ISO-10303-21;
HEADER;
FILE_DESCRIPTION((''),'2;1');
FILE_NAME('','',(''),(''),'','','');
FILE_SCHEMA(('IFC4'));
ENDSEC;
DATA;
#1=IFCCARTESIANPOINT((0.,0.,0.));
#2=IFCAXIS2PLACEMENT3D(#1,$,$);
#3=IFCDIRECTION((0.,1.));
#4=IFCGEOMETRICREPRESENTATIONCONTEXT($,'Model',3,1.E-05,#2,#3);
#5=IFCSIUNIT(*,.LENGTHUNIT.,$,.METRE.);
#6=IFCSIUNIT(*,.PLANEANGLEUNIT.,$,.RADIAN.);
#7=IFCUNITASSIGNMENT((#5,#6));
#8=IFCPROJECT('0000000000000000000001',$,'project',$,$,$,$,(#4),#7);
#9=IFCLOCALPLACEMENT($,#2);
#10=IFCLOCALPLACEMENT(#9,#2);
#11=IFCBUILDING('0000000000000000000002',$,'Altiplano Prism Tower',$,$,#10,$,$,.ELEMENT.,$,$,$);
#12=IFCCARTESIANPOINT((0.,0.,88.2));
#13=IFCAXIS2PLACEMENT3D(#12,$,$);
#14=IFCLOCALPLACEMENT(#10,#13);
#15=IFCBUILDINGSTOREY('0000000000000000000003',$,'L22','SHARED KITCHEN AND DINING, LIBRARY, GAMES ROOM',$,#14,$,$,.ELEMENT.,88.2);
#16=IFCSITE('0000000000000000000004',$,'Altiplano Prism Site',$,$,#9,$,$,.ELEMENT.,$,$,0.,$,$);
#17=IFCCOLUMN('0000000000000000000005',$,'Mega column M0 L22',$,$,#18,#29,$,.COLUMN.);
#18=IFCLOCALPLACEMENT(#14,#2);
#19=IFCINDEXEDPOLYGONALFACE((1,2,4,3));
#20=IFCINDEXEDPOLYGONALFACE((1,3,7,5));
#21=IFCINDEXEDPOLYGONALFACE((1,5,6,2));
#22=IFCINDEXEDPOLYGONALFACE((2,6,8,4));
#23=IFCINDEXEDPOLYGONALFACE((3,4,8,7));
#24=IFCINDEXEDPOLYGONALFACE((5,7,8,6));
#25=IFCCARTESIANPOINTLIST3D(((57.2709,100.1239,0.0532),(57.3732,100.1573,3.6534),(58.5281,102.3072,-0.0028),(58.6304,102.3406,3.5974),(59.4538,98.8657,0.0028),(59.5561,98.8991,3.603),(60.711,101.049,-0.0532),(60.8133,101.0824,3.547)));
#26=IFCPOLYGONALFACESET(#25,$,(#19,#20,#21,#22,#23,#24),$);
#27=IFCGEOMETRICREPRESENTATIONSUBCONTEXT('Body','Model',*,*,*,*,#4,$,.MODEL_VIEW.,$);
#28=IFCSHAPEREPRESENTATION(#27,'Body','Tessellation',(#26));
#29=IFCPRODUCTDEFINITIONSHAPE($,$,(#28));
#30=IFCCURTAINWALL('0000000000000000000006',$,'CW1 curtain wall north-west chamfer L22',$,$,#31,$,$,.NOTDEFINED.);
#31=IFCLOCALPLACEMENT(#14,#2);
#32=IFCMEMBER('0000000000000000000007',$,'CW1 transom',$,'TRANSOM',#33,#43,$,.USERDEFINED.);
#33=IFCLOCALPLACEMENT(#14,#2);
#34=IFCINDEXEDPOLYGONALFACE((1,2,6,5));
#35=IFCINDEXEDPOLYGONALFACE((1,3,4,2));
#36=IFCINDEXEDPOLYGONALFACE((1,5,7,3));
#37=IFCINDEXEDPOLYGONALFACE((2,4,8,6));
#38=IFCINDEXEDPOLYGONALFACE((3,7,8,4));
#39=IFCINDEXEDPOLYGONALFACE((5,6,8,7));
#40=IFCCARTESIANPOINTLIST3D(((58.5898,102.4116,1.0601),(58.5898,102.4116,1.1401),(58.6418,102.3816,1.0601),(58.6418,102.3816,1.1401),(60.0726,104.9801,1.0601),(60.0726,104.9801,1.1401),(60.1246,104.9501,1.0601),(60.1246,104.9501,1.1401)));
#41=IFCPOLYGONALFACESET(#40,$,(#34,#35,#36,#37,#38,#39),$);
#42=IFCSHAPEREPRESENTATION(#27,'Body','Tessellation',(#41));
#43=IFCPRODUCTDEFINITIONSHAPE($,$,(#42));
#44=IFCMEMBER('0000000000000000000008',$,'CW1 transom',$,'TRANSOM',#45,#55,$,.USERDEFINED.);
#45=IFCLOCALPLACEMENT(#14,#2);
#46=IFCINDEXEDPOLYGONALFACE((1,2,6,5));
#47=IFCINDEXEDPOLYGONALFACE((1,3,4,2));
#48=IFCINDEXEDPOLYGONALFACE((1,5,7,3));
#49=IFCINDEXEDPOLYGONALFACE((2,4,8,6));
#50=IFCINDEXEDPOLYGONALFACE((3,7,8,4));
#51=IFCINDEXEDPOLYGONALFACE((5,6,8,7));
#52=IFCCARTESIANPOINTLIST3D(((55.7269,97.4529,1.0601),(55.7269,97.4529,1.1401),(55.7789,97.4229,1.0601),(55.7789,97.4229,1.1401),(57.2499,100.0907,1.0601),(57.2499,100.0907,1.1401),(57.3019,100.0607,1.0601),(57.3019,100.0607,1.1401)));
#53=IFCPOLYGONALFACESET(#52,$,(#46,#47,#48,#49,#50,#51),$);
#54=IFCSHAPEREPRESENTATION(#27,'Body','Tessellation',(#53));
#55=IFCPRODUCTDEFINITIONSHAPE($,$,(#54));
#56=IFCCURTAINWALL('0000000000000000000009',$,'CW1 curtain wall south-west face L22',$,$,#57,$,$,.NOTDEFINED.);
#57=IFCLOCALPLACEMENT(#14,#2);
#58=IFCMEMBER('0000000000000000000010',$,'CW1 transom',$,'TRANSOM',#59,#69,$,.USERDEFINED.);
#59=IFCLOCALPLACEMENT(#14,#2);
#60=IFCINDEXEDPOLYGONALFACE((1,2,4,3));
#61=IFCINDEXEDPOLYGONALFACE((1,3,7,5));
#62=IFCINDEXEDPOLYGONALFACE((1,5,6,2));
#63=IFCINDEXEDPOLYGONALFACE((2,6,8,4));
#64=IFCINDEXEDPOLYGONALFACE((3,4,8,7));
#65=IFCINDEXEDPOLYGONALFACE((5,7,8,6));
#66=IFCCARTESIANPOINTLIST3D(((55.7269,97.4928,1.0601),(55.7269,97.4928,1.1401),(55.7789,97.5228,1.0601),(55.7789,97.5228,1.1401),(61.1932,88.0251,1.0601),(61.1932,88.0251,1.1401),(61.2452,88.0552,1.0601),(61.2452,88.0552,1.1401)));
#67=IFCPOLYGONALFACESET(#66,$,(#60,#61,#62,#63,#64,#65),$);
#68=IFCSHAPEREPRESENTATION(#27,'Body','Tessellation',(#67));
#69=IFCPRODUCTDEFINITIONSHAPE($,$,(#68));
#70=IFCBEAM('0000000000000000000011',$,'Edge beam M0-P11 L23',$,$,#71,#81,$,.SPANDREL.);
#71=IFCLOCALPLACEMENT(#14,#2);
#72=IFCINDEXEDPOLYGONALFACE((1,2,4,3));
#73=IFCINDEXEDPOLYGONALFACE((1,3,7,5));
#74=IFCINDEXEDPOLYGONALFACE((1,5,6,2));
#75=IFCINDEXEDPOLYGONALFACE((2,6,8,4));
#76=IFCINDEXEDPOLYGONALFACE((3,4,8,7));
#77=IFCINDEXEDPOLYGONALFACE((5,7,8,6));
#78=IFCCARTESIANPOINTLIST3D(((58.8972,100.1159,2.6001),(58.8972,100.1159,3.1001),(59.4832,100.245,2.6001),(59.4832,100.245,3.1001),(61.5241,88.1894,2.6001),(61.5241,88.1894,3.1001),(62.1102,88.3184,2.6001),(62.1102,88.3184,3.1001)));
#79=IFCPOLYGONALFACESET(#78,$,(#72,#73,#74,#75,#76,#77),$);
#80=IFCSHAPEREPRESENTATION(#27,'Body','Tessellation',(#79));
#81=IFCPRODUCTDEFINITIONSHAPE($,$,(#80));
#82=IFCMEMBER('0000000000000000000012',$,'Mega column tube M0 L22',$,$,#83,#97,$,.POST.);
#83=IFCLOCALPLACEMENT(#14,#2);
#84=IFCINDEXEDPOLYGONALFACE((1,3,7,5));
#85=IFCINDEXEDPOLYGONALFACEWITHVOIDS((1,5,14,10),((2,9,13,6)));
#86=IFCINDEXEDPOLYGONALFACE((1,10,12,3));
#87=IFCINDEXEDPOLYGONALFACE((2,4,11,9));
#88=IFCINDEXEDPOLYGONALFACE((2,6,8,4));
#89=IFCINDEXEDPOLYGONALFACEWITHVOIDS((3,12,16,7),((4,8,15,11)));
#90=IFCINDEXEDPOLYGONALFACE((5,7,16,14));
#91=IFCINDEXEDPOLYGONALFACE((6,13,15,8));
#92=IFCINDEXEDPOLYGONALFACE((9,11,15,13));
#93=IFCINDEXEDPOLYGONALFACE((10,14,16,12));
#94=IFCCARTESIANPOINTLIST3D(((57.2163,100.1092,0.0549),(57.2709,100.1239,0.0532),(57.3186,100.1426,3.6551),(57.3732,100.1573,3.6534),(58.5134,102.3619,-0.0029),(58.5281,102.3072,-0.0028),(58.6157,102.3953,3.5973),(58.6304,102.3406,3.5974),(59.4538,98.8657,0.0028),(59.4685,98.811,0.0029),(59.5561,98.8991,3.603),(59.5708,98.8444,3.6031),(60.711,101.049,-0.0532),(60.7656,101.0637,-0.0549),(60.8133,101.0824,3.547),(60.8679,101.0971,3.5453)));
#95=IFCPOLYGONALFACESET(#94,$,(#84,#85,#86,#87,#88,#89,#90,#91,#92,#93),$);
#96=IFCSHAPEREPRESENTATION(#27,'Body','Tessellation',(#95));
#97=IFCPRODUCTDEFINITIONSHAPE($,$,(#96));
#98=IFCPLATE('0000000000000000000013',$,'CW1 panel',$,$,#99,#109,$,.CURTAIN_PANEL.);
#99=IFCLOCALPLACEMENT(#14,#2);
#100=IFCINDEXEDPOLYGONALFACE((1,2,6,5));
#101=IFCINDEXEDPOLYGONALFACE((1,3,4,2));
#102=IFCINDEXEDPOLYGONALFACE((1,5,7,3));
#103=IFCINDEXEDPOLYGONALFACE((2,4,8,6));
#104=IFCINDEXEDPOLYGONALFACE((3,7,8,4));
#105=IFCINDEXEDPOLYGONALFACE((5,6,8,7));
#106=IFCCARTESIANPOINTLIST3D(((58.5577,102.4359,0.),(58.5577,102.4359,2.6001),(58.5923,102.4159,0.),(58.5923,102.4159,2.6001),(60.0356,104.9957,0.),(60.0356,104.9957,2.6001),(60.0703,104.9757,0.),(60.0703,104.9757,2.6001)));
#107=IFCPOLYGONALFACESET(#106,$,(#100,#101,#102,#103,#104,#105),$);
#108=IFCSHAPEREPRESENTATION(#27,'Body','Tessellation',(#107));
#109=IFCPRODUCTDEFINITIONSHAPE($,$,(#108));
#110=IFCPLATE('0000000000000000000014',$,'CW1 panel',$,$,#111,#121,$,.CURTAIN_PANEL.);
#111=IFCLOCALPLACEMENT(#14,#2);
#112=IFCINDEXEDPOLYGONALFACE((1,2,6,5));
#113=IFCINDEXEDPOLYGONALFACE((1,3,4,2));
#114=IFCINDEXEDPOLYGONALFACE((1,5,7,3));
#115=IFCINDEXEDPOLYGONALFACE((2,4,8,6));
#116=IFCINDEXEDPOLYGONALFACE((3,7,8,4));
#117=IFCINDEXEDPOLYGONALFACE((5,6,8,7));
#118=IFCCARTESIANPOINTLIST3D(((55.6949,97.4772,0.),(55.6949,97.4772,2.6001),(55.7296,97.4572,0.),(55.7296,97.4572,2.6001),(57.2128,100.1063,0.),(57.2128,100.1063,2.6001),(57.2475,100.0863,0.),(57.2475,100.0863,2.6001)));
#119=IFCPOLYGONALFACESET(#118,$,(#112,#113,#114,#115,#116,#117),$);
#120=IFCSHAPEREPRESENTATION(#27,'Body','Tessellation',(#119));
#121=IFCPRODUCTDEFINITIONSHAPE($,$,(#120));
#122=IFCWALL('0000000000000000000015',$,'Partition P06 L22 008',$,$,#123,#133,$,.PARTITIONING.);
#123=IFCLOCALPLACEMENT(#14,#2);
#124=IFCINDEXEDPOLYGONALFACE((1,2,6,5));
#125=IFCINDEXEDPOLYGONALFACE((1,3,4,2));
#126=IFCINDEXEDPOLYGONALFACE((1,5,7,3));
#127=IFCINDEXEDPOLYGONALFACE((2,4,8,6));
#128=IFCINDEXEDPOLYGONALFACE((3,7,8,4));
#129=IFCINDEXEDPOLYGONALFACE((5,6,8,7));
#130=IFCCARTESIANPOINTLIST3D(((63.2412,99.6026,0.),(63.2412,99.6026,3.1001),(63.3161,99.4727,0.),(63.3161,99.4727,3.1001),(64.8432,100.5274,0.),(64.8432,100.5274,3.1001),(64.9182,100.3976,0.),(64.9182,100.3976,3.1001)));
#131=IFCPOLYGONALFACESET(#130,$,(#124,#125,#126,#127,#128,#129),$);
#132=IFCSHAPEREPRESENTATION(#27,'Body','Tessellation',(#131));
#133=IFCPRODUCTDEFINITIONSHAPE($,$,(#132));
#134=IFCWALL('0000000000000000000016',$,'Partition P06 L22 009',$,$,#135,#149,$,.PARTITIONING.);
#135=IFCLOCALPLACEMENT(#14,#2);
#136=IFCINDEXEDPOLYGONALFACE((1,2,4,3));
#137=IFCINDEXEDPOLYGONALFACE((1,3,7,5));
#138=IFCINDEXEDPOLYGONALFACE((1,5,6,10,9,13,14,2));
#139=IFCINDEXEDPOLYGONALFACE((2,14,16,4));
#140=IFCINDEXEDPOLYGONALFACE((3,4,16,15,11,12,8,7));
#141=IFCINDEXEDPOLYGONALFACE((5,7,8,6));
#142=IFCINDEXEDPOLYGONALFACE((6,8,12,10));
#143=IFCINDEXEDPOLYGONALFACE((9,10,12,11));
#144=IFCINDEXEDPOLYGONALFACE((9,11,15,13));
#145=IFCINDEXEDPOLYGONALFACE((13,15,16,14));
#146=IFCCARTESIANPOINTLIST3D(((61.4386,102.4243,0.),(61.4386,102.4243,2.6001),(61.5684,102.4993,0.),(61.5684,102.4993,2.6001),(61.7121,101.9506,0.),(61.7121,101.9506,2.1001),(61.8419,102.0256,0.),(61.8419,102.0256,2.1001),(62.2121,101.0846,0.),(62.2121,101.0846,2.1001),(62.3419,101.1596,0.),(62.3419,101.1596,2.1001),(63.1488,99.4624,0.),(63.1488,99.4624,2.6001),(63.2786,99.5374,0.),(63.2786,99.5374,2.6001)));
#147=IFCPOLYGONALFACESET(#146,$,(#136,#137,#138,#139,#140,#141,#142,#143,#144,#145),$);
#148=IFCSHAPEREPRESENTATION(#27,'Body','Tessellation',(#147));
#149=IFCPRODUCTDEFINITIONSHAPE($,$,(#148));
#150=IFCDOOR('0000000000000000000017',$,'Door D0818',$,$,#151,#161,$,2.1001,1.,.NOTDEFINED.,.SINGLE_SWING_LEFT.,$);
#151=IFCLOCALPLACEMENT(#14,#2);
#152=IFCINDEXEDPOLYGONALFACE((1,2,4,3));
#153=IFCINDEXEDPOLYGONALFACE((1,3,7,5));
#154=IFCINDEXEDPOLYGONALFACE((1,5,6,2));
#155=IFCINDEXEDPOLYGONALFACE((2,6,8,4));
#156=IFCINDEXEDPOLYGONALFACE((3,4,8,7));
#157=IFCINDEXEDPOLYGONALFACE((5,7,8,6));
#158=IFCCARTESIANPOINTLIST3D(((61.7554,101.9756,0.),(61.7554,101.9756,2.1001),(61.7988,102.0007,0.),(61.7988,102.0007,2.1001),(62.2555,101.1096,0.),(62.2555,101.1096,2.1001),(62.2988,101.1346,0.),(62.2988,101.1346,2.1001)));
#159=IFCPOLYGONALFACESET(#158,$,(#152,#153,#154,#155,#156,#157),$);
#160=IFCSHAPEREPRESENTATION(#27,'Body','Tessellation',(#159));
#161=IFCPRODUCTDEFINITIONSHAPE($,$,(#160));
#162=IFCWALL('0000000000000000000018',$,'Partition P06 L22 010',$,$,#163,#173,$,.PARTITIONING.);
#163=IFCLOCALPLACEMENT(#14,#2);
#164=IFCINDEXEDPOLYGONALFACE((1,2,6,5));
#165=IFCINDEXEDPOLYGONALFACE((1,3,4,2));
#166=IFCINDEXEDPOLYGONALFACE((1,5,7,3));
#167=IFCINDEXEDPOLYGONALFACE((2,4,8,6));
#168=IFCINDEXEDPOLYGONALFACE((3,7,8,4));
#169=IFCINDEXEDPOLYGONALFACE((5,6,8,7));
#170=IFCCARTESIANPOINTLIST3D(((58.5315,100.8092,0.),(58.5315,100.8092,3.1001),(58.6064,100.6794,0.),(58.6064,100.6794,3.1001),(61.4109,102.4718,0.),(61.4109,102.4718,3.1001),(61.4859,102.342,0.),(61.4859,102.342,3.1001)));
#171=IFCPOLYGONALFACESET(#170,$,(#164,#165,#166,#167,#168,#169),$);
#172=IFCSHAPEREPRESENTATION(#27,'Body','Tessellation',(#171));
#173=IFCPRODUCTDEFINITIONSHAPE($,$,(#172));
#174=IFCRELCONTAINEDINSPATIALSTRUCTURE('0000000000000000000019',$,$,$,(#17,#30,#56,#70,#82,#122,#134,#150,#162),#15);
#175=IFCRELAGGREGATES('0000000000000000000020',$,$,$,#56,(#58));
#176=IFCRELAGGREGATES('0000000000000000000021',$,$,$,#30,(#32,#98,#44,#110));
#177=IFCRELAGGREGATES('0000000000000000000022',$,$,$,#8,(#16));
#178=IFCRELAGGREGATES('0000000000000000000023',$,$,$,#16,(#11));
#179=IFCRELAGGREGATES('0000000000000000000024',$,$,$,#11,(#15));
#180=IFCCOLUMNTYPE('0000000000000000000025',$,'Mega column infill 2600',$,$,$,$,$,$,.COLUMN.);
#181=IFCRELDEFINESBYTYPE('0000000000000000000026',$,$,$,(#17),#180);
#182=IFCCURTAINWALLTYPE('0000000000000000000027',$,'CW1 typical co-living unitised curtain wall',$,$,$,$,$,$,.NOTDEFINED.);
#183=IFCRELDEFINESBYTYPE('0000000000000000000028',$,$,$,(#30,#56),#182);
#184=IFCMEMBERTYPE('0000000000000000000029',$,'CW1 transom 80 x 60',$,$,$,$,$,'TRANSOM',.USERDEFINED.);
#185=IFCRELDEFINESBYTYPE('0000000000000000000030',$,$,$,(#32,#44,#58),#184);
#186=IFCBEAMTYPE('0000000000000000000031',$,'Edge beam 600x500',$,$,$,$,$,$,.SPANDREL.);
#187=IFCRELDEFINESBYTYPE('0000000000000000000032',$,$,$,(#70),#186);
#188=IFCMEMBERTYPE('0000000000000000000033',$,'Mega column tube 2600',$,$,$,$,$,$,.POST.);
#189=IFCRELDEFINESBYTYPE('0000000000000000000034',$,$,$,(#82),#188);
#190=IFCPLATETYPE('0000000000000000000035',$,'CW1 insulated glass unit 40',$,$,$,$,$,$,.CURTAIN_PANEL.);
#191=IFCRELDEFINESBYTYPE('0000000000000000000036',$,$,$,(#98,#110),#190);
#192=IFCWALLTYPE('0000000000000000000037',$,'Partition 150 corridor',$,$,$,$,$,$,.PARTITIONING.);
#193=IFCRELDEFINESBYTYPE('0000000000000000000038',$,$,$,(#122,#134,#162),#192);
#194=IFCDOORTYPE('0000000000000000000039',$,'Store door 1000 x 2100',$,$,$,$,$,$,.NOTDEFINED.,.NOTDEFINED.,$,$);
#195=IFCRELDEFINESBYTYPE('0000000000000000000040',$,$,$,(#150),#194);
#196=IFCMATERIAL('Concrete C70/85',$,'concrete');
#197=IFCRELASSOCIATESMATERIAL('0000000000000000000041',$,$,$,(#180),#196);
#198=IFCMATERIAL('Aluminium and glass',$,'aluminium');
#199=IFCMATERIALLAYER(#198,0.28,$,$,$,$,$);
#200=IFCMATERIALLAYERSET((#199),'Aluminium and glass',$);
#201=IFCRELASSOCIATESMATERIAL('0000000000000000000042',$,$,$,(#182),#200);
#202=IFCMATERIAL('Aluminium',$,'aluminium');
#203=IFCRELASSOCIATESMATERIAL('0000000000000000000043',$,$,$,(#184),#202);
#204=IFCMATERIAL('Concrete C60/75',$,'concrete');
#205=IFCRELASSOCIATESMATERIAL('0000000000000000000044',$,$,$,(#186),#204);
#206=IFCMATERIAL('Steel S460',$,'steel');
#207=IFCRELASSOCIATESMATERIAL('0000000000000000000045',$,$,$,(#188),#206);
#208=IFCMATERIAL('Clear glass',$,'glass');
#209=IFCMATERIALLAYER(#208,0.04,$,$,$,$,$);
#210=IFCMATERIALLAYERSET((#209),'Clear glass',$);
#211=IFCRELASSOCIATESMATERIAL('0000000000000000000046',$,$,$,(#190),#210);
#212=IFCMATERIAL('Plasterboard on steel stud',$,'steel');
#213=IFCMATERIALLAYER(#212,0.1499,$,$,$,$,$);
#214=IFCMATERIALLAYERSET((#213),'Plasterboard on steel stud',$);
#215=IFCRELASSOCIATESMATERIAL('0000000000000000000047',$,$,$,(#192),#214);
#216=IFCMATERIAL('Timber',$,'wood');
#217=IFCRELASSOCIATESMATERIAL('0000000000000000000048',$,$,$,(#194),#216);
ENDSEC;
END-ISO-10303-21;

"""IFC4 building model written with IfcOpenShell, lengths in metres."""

from ifc_helpers import new_model, si_unit, direction, frame, frame_2d, origin, origin_2d, place, context, subcontext, project, spatial, rectangle, hollow_rectangle, extrude, material, layer, layer_set, material_profile, profile_set, type_object, element, fill, aggregate, save


model = new_model("IFC4")

# Units and contexts
model_context = context("Model", 3, precision=1e-05, world=origin(), true_north=direction((0.0, 1.0)))
body_context = subcontext(model_context, "Body", "Model", "MODEL_VIEW")
ifc_project = project(units=[si_unit("LENGTHUNIT", "METRE"), si_unit("PLANEANGLEUNIT", "RADIAN")], contexts=[model_context])

# Site, building, storey
site_placement = place(None, origin())
site = spatial("IfcSite", under=ifc_project, at=site_placement, Name="Altiplano Prism Site", CompositionType="ELEMENT", RefElevation=0.0)
building_placement = place(site_placement, origin())
building = spatial("IfcBuilding", under=site, at=building_placement, Name="Altiplano Prism Tower", CompositionType="ELEMENT")
storey_placement = place(building_placement, frame((0.0, 0.0, 88.2)))
storey = spatial("IfcBuildingStorey", under=building, at=storey_placement, Name="L22", Description="SHARED KITCHEN AND DINING, LIBRARY, GAMES ROOM", CompositionType="ELEMENT", Elevation=88.2)

# Column
ifc_material_1 = material(Name="Concrete C70/85", Category="concrete")
ifc_material_profile_1 = material_profile(ifc_material_1, rectangle(XDim=2.52, YDim=2.52, at=origin_2d()), Name="Mega column infill 2600")
ifc_profile_set_1 = profile_set([ifc_material_profile_1], Name="Concrete C70/85")
column_type = type_object("IfcColumnType", Name="Mega column infill 2600", PredefinedType="COLUMN", material=ifc_profile_set_1)
column_placement = place(storey_placement, frame((58.991, 100.5864, 0.0), z_axis=(0.028402, 0.009287, 0.999553), x_axis=(-0.866202, 0.499295, 0.019974)))
element("IfcColumn", 1, at=column_placement, inside=storey, type_object=column_type, Name="Mega column M0 L22", PredefinedType="COLUMN", context=body_context, shape_type="SweptSolid", body=[
    extrude(rectangle(XDim=2.52, YDim=2.52, at=origin_2d()), origin(), (0.0, 0.0, 1.0), 3.6018),
])

# Curtain wall, members
ifc_material_2 = material(Name="Aluminium and glass", Category="aluminium")
ifc_layer_1 = layer(ifc_material_2, 0.28)
ifc_layer_set_1 = layer_set([ifc_layer_1], Name="Aluminium and glass")
curtain_wall_type = type_object("IfcCurtainWallType", Name="CW1 typical co-living unitised curtain wall", PredefinedType="NOTDEFINED", material=ifc_layer_set_1)
curtain_wall_1_placement = place(storey_placement, origin())
curtain_wall_1 = element("IfcCurtainWall", 2, at=curtain_wall_1_placement, inside=storey, type_object=curtain_wall_type, Name="CW1 curtain wall north-west chamfer L22", PredefinedType="NOTDEFINED")
ifc_material_3 = material(Name="Aluminium", Category="aluminium")
ifc_material_profile_2 = material_profile(ifc_material_3, rectangle(XDim=0.0601, YDim=0.0801, at=origin_2d()), Name="CW1 transom 80 x 60")
ifc_profile_set_2 = profile_set([ifc_material_profile_2], Name="Aluminium")
member_type_1 = type_object("IfcMemberType", Name="CW1 transom 80 x 60", ElementType="TRANSOM", PredefinedType="USERDEFINED", material=ifc_profile_set_2)
member_1_placement = place(storey_placement, frame((60.0986, 104.9651, 1.1001), z_axis=(-0.499981, -0.866036, 0.0), x_axis=(0.866036, -0.499981, 0.0)))
member_1 = element("IfcMember", 3, at=member_1_placement, type_object=member_type_1, Name="CW1 transom", ObjectType="TRANSOM", PredefinedType="USERDEFINED", context=body_context, shape_type="SweptSolid", body=[
    extrude(rectangle(XDim=0.0601, YDim=0.0801, at=origin_2d()), origin(), (0.0, 0.0, 1.0), 2.9658),
])
member_2_placement = place(storey_placement, frame((57.2759, 100.0757, 1.1001), z_axis=(-0.500018, -0.866015, 0.0), x_axis=(0.866015, -0.500018, 0.0)))
member_2 = element("IfcMember", 4, at=member_2_placement, type_object=member_type_1, Name="CW1 transom", ObjectType="TRANSOM", PredefinedType="USERDEFINED", context=body_context, shape_type="SweptSolid", body=[
    extrude(rectangle(XDim=0.0601, YDim=0.0801, at=origin_2d()), origin(), (0.0, 0.0, 1.0), 3.0459),
])

# Curtain wall, member
curtain_wall_2_placement = place(storey_placement, origin())
curtain_wall_2 = element("IfcCurtainWall", 5, at=curtain_wall_2_placement, inside=storey, type_object=curtain_wall_type, Name="CW1 curtain wall south-west face L22", PredefinedType="NOTDEFINED")
member_3_placement = place(storey_placement, frame((55.7529, 97.5078, 1.1001), z_axis=(0.500006, -0.866022, 0.0), x_axis=(0.866022, 0.500006, 0.0)))
member_3 = element("IfcMember", 6, at=member_3_placement, type_object=member_type_1, Name="CW1 transom", ObjectType="TRANSOM", PredefinedType="USERDEFINED", context=body_context, shape_type="SweptSolid", body=[
    extrude(rectangle(XDim=0.0601, YDim=0.0801, at=origin_2d()), origin(), (0.0, 0.0, 1.0), 10.9324),
])
aggregate(curtain_wall_2, [member_3])

# Beam
ifc_material_4 = material(Name="Concrete C60/75", Category="concrete")
ifc_material_profile_3 = material_profile(ifc_material_4, rectangle(XDim=0.6001, YDim=0.5, at=origin_2d()), Name="Edge beam 600x500")
ifc_profile_set_3 = profile_set([ifc_material_profile_3], Name="Concrete C60/75")
beam_type = type_object("IfcBeamType", Name="Edge beam 600x500", PredefinedType="SPANDREL", material=ifc_profile_set_3)
beam_placement = place(storey_placement, frame((59.1902, 100.1804, 2.8501), z_axis=(0.215105, -0.976591, 0.0), x_axis=(0.976591, 0.215105, 0.0)))
element("IfcBeam", 7, at=beam_placement, inside=storey, type_object=beam_type, Name="Edge beam M0-P11 L23", PredefinedType="SPANDREL", context=body_context, shape_type="SweptSolid", body=[
    extrude(rectangle(XDim=0.6001, YDim=0.5, at=origin_2d()), origin(), (0.0, 0.0, 1.0), 12.2124),
])

# Member
ifc_material_5 = material(Name="Steel S460", Category="steel")
ifc_material_profile_4 = material_profile(ifc_material_5, hollow_rectangle(XDim=2.6001, YDim=2.6001, WallThickness=0.04, at=origin_2d()), Name="Mega column tube 2600")
ifc_profile_set_4 = profile_set([ifc_material_profile_4], Name="Steel S460")
member_type_2 = type_object("IfcMemberType", Name="Mega column tube 2600", PredefinedType="POST", material=ifc_profile_set_4)
member_4_placement = place(storey_placement, frame((58.991, 100.5864, 0.0), z_axis=(0.028402, 0.009287, 0.999553), x_axis=(-0.866202, 0.499295, 0.019974)))
element("IfcMember", 8, at=member_4_placement, inside=storey, type_object=member_type_2, Name="Mega column tube M0 L22", PredefinedType="POST", context=body_context, shape_type="SweptSolid", body=[
    extrude(hollow_rectangle(XDim=2.6001, YDim=2.6001, WallThickness=0.04, at=origin_2d()), origin(), (0.0, 0.0, 1.0), 3.6018),
])

# Plates
ifc_material_6 = material(Name="Clear glass", Category="glass")
ifc_layer_2 = layer(ifc_material_6, 0.04)
ifc_layer_set_2 = layer_set([ifc_layer_2], Name="Clear glass")
plate_type = type_object("IfcPlateType", Name="CW1 insulated glass unit 40", PredefinedType="CURTAIN_PANEL", material=ifc_layer_set_2)
plate_1_placement = place(storey_placement, frame((59.314, 103.7058, 0.0), z_axis=(0.0, 0.0, 1.0), x_axis=(-0.5, -0.866025, 0.0)))
plate_1 = element("IfcPlate", 9, at=plate_1_placement, type_object=plate_type, Name="CW1 panel", PredefinedType="CURTAIN_PANEL", context=body_context, shape_type="SweptSolid", body=[
    extrude(rectangle(XDim=2.9558, YDim=0.04, at=origin_2d()), origin(), (0.0, 0.0, 1.0), 2.6001),
])
plate_2_placement = place(storey_placement, frame((56.4712, 98.7817, 0.0), z_axis=(0.0, 0.0, 1.0), x_axis=(-0.5, -0.866025, 0.0)))
plate_2 = element("IfcPlate", 10, at=plate_2_placement, type_object=plate_type, Name="CW1 panel", PredefinedType="CURTAIN_PANEL", context=body_context, shape_type="SweptSolid", body=[
    extrude(rectangle(XDim=3.0359, YDim=0.04, at=origin_2d()), origin(), (0.0, 0.0, 1.0), 2.6001),
])
aggregate(curtain_wall_1, [member_1, plate_1, member_2, plate_2])

# Wall
ifc_material_7 = material(Name="Plasterboard on steel stud", Category="steel")
ifc_layer_3 = layer(ifc_material_7, 0.1499)
ifc_layer_set_3 = layer_set([ifc_layer_3], Name="Plasterboard on steel stud")
wall_type_1 = type_object("IfcWallType", Name="Partition 150 corridor", PredefinedType="PARTITIONING", material=ifc_layer_set_3)
wall_1_placement = place(storey_placement, frame((64.8806, 100.4624, 0.0), z_axis=(0.0, 0.0, 1.0), x_axis=(-0.866058, -0.499943, 0.0)))
element("IfcWall", 11, at=wall_1_placement, inside=storey, type_object=wall_type_1, Name="Partition P06 L22 008", PredefinedType="PARTITIONING", context=body_context, shape_type="SweptSolid", body=[
    extrude(rectangle(XDim=1.8499, YDim=0.1499, at=frame_2d((0.9248, 0.0))), origin(), (0.0, 0.0, 1.0), 3.1001),
])

# Wall, opening, door
wall_2_placement = place(storey_placement, frame((63.2136, 99.5, 0.0), z_axis=(0.0, 0.0, 1.0), x_axis=(-0.500031, 0.866007, 0.0)))
wall_2 = element("IfcWall", 12, at=wall_2_placement, inside=storey, type_object=wall_type_1, Name="Partition P06 L22 009", PredefinedType="PARTITIONING", context=body_context, shape_type="SweptSolid", body=[
    extrude(rectangle(XDim=3.4202, YDim=0.1499, at=frame_2d((1.71, 0.0))), origin(), (0.0, 0.0, 1.0), 2.6001),
])
opening_1_placement = place(wall_2_placement, frame((1.873, 0.0, 0.0)))
opening_1 = element("IfcOpeningElement", 13, at=opening_1_placement, cuts=wall_2, PredefinedType="OPENING", context=body_context, shape_type="SweptSolid", body=[
    extrude(rectangle(XDim=1.0, YDim=2.1001, at=frame_2d((0.5, 1.05))), frame((0.0, 0.0854, 0.0), z_axis=(0.0, -1.0, 0.0), x_axis=(1.0, 0.0, 0.0)), (0.0, 0.0, 1.0), 0.1709),
])
ifc_material_8 = material(Name="Timber", Category="wood")
door_type_1 = type_object("IfcDoorType", Name="Store door 1000 x 2100", OperationType="NOTDEFINED", PredefinedType="NOTDEFINED", material=ifc_material_8)
door_1_placement = place(opening_1_placement, origin())
door_1 = element("IfcDoor", 14, at=door_1_placement, inside=storey, type_object=door_type_1, Name="Door D0818", OperationType="SINGLE_SWING_LEFT", OverallHeight=2.1001, OverallWidth=1.0, PredefinedType="NOTDEFINED", context=body_context, shape_type="SweptSolid", body=[
    extrude(rectangle(XDim=1.0, YDim=2.1001, at=frame_2d((0.5, 1.05))), frame((0.0, 0.0249, 0.0), z_axis=(0.0, -1.0, 0.0), x_axis=(1.0, 0.0, 0.0)), (0.0, 0.0, 1.0), 0.05),
])
fill(opening_1, door_1)

# Wall
wall_3_placement = place(storey_placement, frame((61.4485, 102.407, 0.0), z_axis=(0.0, 0.0, 1.0), x_axis=(-0.866002, -0.50004, 0.0)))
element("IfcWall", 15, at=wall_3_placement, inside=storey, type_object=wall_type_1, Name="Partition P06 L22 010", PredefinedType="PARTITIONING", context=body_context, shape_type="SweptSolid", body=[
    extrude(rectangle(XDim=3.325, YDim=0.1499, at=frame_2d((1.6626, 0.0))), origin(), (0.0, 0.0, 1.0), 3.1001),
])

save(model, "model.ifc")
